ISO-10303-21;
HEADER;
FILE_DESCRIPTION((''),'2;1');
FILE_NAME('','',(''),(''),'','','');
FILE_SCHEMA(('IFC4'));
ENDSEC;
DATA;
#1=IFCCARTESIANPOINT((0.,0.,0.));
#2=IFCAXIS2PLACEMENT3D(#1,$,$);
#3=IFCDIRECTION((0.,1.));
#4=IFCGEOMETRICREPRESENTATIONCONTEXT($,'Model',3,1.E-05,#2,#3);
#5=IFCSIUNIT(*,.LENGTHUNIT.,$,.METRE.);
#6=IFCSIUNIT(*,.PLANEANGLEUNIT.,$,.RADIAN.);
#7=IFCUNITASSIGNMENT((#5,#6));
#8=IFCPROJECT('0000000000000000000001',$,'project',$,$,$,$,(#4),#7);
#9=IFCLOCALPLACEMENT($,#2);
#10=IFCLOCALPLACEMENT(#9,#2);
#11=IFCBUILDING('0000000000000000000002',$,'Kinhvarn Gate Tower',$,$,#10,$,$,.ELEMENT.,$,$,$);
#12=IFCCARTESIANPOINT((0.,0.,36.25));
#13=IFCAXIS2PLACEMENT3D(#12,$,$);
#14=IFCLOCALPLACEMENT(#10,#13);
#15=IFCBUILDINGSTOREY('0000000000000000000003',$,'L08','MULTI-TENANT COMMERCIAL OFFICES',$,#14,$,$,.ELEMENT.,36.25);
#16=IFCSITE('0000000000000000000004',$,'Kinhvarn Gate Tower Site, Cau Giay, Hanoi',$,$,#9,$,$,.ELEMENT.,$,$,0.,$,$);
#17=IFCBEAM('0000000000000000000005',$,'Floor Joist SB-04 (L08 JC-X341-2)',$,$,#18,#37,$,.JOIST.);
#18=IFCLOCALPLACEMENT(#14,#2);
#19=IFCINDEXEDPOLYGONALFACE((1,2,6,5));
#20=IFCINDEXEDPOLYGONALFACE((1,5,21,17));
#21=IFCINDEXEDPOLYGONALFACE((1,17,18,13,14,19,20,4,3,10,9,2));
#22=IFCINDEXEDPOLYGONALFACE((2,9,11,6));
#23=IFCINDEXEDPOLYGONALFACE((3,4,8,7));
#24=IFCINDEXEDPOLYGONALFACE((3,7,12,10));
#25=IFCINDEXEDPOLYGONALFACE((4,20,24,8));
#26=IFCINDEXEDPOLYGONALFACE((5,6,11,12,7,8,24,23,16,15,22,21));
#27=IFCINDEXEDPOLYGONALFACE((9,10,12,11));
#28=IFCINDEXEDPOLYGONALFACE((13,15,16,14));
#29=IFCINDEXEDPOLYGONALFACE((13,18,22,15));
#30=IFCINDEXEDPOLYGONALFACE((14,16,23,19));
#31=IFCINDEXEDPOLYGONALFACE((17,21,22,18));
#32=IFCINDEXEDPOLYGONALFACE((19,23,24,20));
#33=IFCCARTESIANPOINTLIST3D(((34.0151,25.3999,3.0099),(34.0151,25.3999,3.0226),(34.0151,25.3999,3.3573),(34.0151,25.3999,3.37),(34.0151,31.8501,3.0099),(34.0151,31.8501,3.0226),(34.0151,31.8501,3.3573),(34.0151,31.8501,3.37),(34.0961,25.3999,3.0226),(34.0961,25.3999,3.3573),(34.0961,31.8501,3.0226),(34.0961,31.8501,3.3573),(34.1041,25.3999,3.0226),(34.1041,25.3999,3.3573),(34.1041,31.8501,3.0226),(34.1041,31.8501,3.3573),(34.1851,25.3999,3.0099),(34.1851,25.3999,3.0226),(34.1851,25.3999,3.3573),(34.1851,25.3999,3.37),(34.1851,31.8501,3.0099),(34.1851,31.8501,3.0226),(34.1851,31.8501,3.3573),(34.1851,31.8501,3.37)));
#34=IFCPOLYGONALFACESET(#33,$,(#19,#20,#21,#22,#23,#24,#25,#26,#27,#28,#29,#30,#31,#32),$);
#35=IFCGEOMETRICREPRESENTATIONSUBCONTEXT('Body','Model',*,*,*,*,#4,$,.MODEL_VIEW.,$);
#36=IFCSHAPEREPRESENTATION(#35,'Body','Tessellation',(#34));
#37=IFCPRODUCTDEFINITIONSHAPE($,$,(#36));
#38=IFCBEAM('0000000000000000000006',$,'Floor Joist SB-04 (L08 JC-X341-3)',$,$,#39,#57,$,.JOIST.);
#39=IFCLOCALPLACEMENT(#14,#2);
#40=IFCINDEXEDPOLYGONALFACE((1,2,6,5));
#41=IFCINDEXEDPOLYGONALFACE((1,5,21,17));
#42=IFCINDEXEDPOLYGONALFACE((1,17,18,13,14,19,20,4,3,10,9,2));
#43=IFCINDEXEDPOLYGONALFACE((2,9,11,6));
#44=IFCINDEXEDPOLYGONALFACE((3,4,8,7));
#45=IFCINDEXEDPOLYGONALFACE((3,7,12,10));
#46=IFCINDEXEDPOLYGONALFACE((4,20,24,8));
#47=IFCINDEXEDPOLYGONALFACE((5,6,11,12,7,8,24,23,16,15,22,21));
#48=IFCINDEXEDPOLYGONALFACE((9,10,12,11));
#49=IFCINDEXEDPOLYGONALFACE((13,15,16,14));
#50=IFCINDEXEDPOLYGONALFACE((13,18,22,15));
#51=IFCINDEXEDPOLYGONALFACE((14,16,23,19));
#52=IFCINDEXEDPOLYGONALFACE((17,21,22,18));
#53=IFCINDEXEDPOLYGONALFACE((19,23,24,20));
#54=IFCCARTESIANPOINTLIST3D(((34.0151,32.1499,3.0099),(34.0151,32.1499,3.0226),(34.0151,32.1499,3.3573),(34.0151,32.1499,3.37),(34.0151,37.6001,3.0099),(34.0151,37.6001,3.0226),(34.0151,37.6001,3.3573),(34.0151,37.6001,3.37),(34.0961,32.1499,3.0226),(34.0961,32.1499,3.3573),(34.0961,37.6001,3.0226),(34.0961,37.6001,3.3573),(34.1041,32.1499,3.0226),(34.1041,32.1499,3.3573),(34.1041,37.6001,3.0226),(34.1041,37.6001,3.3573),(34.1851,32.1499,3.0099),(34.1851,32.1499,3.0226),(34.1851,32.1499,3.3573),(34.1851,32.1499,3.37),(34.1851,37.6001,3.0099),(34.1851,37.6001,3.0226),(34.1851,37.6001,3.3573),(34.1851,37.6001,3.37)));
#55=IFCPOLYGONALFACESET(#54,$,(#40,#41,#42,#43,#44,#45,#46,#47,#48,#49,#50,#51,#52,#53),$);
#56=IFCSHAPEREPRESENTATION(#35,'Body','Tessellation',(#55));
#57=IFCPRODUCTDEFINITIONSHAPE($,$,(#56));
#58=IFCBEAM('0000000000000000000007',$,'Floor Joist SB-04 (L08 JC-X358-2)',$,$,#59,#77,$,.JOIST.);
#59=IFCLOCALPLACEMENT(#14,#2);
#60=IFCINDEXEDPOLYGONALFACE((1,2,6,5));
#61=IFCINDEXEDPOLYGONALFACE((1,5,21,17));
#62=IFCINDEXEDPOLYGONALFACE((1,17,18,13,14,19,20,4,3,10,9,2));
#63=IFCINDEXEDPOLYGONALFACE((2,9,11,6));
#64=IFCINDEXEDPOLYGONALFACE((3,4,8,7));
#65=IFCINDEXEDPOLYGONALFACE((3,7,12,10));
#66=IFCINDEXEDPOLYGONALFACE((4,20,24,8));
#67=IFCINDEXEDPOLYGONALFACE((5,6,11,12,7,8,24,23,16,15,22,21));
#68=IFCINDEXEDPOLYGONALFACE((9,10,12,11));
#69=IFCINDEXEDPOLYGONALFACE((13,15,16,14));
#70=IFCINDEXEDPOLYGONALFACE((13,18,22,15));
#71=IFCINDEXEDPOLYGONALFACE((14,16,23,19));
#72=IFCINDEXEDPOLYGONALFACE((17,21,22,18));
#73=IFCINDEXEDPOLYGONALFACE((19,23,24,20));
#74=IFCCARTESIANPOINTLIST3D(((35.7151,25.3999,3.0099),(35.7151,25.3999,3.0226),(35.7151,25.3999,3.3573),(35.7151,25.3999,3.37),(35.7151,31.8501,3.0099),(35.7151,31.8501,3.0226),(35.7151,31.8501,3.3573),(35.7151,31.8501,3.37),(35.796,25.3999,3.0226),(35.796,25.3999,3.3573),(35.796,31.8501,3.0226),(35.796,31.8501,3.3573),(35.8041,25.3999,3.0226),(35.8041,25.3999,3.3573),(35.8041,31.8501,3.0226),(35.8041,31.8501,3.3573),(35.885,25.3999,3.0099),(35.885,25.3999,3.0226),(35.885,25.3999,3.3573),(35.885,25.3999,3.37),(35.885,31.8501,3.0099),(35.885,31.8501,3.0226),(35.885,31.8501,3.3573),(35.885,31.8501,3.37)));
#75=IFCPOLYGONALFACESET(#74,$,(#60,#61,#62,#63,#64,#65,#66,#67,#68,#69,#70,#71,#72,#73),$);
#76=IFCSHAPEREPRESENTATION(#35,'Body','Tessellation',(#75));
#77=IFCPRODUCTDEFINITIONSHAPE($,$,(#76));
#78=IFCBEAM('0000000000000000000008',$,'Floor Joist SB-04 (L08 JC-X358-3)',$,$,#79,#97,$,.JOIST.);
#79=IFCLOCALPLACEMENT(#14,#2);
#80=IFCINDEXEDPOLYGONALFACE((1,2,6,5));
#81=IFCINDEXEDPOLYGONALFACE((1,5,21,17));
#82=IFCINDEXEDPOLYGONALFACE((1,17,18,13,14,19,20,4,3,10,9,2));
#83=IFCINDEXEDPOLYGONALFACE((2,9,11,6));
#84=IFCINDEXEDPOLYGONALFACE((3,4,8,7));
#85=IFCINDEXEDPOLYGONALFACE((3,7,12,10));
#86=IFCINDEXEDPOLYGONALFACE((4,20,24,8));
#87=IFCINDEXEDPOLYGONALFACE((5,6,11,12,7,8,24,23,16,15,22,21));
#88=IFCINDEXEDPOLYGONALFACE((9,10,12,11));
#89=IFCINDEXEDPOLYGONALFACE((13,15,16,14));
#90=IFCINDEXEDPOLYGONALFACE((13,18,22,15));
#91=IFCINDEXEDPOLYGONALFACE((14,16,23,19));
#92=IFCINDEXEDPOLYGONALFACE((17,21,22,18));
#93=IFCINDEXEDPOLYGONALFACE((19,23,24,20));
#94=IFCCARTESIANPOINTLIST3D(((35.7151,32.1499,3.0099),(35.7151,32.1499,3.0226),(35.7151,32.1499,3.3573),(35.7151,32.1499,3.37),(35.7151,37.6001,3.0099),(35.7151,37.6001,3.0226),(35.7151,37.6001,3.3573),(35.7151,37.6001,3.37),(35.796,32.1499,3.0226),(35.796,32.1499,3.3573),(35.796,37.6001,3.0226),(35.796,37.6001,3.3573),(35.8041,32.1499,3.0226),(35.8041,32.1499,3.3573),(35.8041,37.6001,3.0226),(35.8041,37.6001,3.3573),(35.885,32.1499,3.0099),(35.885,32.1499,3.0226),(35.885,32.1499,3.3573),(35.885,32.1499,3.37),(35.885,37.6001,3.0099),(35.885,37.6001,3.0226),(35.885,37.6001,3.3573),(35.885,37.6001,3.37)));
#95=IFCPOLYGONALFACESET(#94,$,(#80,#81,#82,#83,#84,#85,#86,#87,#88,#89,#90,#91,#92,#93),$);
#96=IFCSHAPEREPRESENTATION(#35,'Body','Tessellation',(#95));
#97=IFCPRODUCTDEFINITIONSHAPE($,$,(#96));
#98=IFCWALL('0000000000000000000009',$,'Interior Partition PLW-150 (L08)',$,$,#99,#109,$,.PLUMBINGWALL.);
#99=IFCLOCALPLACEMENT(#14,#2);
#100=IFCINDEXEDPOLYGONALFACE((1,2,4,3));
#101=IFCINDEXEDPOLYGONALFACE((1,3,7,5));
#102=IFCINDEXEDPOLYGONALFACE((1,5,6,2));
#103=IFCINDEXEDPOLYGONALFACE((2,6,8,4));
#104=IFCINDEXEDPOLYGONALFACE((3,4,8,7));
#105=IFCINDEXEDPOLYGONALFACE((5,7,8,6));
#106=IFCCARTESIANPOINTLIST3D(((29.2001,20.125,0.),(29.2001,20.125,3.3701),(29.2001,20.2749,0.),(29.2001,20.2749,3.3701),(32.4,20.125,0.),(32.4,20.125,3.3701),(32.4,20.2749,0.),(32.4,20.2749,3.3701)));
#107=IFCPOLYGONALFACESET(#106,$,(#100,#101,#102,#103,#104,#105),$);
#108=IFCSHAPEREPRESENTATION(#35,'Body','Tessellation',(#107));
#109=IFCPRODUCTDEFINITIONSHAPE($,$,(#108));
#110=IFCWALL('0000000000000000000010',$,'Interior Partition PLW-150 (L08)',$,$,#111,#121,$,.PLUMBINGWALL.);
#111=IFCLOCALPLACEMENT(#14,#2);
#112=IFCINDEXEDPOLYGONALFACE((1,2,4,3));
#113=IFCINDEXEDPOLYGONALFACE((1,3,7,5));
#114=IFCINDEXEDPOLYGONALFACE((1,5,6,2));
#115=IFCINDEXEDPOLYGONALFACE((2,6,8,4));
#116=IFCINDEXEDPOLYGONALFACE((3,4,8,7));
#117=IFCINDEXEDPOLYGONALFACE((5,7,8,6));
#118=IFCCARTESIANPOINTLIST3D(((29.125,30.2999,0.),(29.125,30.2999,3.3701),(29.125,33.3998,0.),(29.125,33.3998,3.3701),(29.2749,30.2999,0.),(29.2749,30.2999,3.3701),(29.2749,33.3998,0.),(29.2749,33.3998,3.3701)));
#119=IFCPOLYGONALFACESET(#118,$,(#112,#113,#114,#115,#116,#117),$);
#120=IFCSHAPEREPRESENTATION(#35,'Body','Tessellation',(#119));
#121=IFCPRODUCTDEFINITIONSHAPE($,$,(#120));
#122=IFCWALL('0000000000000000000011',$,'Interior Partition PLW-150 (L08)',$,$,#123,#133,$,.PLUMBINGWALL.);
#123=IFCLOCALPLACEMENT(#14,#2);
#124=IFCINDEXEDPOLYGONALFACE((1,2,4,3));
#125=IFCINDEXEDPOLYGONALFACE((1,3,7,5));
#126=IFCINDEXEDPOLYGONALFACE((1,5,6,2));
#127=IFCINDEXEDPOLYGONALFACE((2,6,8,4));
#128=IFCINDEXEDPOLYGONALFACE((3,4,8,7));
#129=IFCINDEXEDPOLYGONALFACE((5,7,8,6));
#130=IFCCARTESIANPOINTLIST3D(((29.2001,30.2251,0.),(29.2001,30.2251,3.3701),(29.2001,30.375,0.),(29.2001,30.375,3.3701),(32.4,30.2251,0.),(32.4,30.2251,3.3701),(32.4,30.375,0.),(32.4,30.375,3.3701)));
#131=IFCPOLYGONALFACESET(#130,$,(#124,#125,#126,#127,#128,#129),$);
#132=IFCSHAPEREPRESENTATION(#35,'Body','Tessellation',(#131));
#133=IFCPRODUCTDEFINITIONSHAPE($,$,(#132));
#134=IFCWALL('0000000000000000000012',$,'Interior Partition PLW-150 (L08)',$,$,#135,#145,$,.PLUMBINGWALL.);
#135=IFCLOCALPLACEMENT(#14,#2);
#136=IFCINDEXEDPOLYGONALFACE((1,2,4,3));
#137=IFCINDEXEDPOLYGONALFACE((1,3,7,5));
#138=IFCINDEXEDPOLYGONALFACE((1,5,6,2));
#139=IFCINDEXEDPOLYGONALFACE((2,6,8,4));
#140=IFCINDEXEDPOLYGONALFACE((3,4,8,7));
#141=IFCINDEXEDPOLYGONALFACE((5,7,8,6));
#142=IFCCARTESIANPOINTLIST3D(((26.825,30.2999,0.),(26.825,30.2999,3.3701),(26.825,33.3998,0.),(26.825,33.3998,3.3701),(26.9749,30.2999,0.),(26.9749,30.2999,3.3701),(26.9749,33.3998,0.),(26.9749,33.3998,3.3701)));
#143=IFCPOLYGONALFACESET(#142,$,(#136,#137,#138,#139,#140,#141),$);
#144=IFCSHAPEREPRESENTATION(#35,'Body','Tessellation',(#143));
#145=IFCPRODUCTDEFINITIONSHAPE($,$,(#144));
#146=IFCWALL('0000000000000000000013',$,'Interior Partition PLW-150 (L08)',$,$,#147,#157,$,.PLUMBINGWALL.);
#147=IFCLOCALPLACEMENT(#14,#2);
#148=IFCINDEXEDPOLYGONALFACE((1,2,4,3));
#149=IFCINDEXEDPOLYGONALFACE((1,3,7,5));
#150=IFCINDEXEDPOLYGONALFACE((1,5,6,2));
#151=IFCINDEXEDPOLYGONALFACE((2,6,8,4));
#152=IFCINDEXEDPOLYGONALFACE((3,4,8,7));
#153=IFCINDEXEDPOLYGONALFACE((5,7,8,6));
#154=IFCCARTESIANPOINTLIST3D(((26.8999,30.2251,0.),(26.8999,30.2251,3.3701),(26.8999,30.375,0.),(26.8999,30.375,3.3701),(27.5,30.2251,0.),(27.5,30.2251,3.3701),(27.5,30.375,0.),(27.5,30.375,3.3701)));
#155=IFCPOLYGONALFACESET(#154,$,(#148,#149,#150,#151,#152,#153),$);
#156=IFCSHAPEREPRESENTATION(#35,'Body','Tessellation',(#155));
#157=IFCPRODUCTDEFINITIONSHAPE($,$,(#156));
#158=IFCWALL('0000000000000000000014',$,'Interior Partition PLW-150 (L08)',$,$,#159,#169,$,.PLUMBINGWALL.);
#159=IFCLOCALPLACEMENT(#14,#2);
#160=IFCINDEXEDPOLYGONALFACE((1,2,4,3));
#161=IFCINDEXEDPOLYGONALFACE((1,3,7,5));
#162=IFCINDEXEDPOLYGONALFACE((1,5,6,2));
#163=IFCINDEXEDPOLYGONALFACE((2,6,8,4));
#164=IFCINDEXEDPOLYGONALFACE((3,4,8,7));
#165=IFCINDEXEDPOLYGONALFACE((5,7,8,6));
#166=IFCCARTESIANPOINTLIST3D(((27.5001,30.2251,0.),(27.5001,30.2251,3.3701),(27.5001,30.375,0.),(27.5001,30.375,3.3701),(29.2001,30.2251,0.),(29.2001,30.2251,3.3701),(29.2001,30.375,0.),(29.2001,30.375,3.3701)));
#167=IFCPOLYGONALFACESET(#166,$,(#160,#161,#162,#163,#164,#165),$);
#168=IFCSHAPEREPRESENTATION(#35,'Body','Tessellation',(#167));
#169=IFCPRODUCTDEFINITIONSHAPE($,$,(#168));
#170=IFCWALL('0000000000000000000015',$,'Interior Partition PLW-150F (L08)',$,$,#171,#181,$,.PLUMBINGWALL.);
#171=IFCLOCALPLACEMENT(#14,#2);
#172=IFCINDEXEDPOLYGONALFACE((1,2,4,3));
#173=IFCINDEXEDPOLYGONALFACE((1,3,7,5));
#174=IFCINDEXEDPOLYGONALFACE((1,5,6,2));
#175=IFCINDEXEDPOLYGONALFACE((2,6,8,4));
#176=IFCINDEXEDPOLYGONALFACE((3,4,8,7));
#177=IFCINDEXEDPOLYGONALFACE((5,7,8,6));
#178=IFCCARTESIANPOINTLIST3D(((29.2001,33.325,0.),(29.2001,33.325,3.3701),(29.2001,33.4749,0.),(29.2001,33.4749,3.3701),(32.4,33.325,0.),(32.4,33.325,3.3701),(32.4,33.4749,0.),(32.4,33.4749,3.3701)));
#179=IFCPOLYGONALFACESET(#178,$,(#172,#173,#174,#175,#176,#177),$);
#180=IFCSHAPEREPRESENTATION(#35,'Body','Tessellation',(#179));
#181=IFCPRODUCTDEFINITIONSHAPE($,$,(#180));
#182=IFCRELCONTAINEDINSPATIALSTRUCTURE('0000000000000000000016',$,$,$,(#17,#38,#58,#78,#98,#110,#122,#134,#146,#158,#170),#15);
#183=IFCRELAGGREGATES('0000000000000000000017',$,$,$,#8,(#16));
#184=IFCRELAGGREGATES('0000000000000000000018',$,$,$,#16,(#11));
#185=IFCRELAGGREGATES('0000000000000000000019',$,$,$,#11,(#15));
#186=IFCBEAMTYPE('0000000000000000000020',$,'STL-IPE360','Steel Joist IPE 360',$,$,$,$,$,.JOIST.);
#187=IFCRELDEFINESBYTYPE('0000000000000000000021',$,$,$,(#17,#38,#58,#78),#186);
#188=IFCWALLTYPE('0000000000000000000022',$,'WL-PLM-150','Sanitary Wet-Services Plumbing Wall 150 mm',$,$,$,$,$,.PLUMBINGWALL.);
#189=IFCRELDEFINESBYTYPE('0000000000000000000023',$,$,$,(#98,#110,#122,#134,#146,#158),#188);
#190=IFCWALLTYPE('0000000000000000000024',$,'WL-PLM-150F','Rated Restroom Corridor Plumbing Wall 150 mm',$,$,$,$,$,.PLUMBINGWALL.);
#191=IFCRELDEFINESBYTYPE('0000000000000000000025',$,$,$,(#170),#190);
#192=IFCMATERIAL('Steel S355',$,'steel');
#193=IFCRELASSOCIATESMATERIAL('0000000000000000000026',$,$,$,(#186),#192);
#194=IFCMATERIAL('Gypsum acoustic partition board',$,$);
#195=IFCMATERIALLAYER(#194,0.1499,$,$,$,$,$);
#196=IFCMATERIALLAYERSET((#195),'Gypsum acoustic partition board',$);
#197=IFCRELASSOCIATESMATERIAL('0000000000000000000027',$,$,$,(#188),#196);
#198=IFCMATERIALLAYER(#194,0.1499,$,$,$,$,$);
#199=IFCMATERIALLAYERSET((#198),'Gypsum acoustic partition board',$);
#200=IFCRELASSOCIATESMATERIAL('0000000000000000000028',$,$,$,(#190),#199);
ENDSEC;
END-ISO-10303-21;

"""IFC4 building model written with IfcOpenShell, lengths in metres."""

from ifc_helpers import new_model, si_unit, direction, frame, frame_2d, origin, origin_2d, place, context, subcontext, project, spatial, rectangle, i_section, extrude, material, layer, layer_set, material_profile, profile_set, type_object, element, save


model = new_model("IFC4")

# Units and contexts
model_context = context("Model", 3, precision=1e-05, world=origin(), true_north=direction((0.0, 1.0)))
body_context = subcontext(model_context, "Body", "Model", "MODEL_VIEW")
ifc_project = project(units=[si_unit("LENGTHUNIT", "METRE"), si_unit("PLANEANGLEUNIT", "RADIAN")], contexts=[model_context])

# Site, building, storey
site_placement = place(None, origin())
site = spatial("IfcSite", under=ifc_project, at=site_placement, Name="Kinhvarn Gate Tower Site, Cau Giay, Hanoi", CompositionType="ELEMENT", RefElevation=0.0)
building_placement = place(site_placement, origin())
building = spatial("IfcBuilding", under=site, at=building_placement, Name="Kinhvarn Gate Tower", CompositionType="ELEMENT")
storey_placement = place(building_placement, frame((0.0, 0.0, 36.25)))
storey = spatial("IfcBuildingStorey", under=building, at=storey_placement, Name="L08", Description="MULTI-TENANT COMMERCIAL OFFICES", CompositionType="ELEMENT", Elevation=36.25)

# Beams
ifc_material_1 = material(Name="Steel S355", Category="steel")
ifc_material_profile_1 = material_profile(ifc_material_1, i_section(OverallWidth=0.1699, OverallDepth=0.3601, WebThickness=0.0081, FlangeThickness=0.0127, at=origin_2d()), Name="IPE 360")
ifc_profile_set_1 = profile_set([ifc_material_profile_1], Name="Steel S355")
beam_type_1 = type_object("IfcBeamType", Name="STL-IPE360", Description="Steel Joist IPE 360", PredefinedType="JOIST", material=ifc_profile_set_1)
beam_1_placement = place(storey_placement, frame((34.1001, 25.3999, 3.1899), z_axis=(0.0, 1.0, 0.0), x_axis=(-1.0, 0.0, 0.0)))
element("IfcBeam", 1, at=beam_1_placement, inside=storey, type_object=beam_type_1, Name="Floor Joist SB-04 (L08 JC-X341-2)", PredefinedType="JOIST", context=body_context, shape_type="SweptSolid", body=[
    extrude(i_section(OverallWidth=0.1699, OverallDepth=0.3601, WebThickness=0.0081, FlangeThickness=0.0127, at=origin_2d()), origin(), (0.0, 0.0, 1.0), 6.4502),
])
beam_2_placement = place(storey_placement, frame((34.1001, 32.1499, 3.1899), z_axis=(0.0, 1.0, 0.0), x_axis=(-1.0, 0.0, 0.0)))
element("IfcBeam", 2, at=beam_2_placement, inside=storey, type_object=beam_type_1, Name="Floor Joist SB-04 (L08 JC-X341-3)", PredefinedType="JOIST", context=body_context, shape_type="SweptSolid", body=[
    extrude(i_section(OverallWidth=0.1699, OverallDepth=0.3601, WebThickness=0.0081, FlangeThickness=0.0127, at=origin_2d()), origin(), (0.0, 0.0, 1.0), 5.4502),
])
beam_3_placement = place(storey_placement, frame((35.8, 25.3999, 3.1899), z_axis=(0.0, 1.0, 0.0), x_axis=(-1.0, 0.0, 0.0)))
element("IfcBeam", 3, at=beam_3_placement, inside=storey, type_object=beam_type_1, Name="Floor Joist SB-04 (L08 JC-X358-2)", PredefinedType="JOIST", context=body_context, shape_type="SweptSolid", body=[
    extrude(i_section(OverallWidth=0.1699, OverallDepth=0.3601, WebThickness=0.0081, FlangeThickness=0.0127, at=origin_2d()), origin(), (0.0, 0.0, 1.0), 6.4502),
])
beam_4_placement = place(storey_placement, frame((35.8, 32.1499, 3.1899), z_axis=(0.0, 1.0, 0.0), x_axis=(-1.0, 0.0, 0.0)))
element("IfcBeam", 4, at=beam_4_placement, inside=storey, type_object=beam_type_1, Name="Floor Joist SB-04 (L08 JC-X358-3)", PredefinedType="JOIST", context=body_context, shape_type="SweptSolid", body=[
    extrude(i_section(OverallWidth=0.1699, OverallDepth=0.3601, WebThickness=0.0081, FlangeThickness=0.0127, at=origin_2d()), origin(), (0.0, 0.0, 1.0), 5.4502),
])

# Walls
ifc_material_2 = material(Name="Gypsum acoustic partition board")
ifc_layer_1 = layer(ifc_material_2, 0.1499)
ifc_layer_set_1 = layer_set([ifc_layer_1], Name="Gypsum acoustic partition board")
wall_type_1 = type_object("IfcWallType", Name="WL-PLM-150", Description="Sanitary Wet-Services Plumbing Wall 150 mm", PredefinedType="PLUMBINGWALL", material=ifc_layer_set_1)
wall_1_placement = place(storey_placement, frame((29.2, 20.2, 0.0), z_axis=(0.0, 0.0, 1.0), x_axis=(1.0, 0.0, 0.0)))
element("IfcWall", 5, at=wall_1_placement, inside=storey, type_object=wall_type_1, Name="Interior Partition PLW-150 (L08)", PredefinedType="PLUMBINGWALL", context=body_context, shape_type="SweptSolid", body=[
    extrude(rectangle(XDim=3.2, YDim=0.1499, at=frame_2d((1.6001, 0.0))), origin(), (0.0, 0.0, 1.0), 3.3701),
])
wall_2_placement = place(storey_placement, frame((29.2, 30.3, 0.0), z_axis=(0.0, 0.0, 1.0), x_axis=(0.0, 1.0, 0.0)))
element("IfcWall", 6, at=wall_2_placement, inside=storey, type_object=wall_type_1, Name="Interior Partition PLW-150 (L08)", PredefinedType="PLUMBINGWALL", context=body_context, shape_type="SweptSolid", body=[
    extrude(rectangle(XDim=3.0999, YDim=0.1499, at=frame_2d((1.5498, 0.0))), origin(), (0.0, 0.0, 1.0), 3.3701),
])
wall_3_placement = place(storey_placement, frame((29.2, 30.3, 0.0), z_axis=(0.0, 0.0, 1.0), x_axis=(1.0, 0.0, 0.0)))
element("IfcWall", 7, at=wall_3_placement, inside=storey, type_object=wall_type_1, Name="Interior Partition PLW-150 (L08)", PredefinedType="PLUMBINGWALL", context=body_context, shape_type="SweptSolid", body=[
    extrude(rectangle(XDim=3.2, YDim=0.1499, at=frame_2d((1.6001, 0.0))), origin(), (0.0, 0.0, 1.0), 3.3701),
])
wall_4_placement = place(storey_placement, frame((26.8999, 30.3, 0.0), z_axis=(0.0, 0.0, 1.0), x_axis=(0.0, 1.0, 0.0)))
element("IfcWall", 8, at=wall_4_placement, inside=storey, type_object=wall_type_1, Name="Interior Partition PLW-150 (L08)", PredefinedType="PLUMBINGWALL", context=body_context, shape_type="SweptSolid", body=[
    extrude(rectangle(XDim=3.0999, YDim=0.1499, at=frame_2d((1.5498, 0.0))), origin(), (0.0, 0.0, 1.0), 3.3701),
])
wall_5_placement = place(storey_placement, frame((26.8999, 30.3, 0.0), z_axis=(0.0, 0.0, 1.0), x_axis=(1.0, 0.0, 0.0)))
element("IfcWall", 9, at=wall_5_placement, inside=storey, type_object=wall_type_1, Name="Interior Partition PLW-150 (L08)", PredefinedType="PLUMBINGWALL", context=body_context, shape_type="SweptSolid", body=[
    extrude(rectangle(XDim=0.6001, YDim=0.1499, at=frame_2d((0.3, 0.0))), origin(), (0.0, 0.0, 1.0), 3.3701),
])
wall_6_placement = place(storey_placement, frame((27.5, 30.3, 0.0), z_axis=(0.0, 0.0, 1.0), x_axis=(1.0, 0.0, 0.0)))
element("IfcWall", 10, at=wall_6_placement, inside=storey, type_object=wall_type_1, Name="Interior Partition PLW-150 (L08)", PredefinedType="PLUMBINGWALL", context=body_context, shape_type="SweptSolid", body=[
    extrude(rectangle(XDim=1.7, YDim=0.1499, at=frame_2d((0.8501, 0.0))), origin(), (0.0, 0.0, 1.0), 3.3701),
])
ifc_layer_2 = layer(ifc_material_2, 0.1499)
ifc_layer_set_2 = layer_set([ifc_layer_2], Name="Gypsum acoustic partition board")
wall_type_2 = type_object("IfcWallType", Name="WL-PLM-150F", Description="Rated Restroom Corridor Plumbing Wall 150 mm", PredefinedType="PLUMBINGWALL", material=ifc_layer_set_2)
wall_7_placement = place(storey_placement, frame((29.2, 33.3999, 0.0), z_axis=(0.0, 0.0, 1.0), x_axis=(1.0, 0.0, 0.0)))
element("IfcWall", 11, at=wall_7_placement, inside=storey, type_object=wall_type_2, Name="Interior Partition PLW-150F (L08)", PredefinedType="PLUMBINGWALL", context=body_context, shape_type="SweptSolid", body=[
    extrude(rectangle(XDim=3.2, YDim=0.1499, at=frame_2d((1.6001, 0.0))), origin(), (0.0, 0.0, 1.0), 3.3701),
])

save(model, "model.ifc")
